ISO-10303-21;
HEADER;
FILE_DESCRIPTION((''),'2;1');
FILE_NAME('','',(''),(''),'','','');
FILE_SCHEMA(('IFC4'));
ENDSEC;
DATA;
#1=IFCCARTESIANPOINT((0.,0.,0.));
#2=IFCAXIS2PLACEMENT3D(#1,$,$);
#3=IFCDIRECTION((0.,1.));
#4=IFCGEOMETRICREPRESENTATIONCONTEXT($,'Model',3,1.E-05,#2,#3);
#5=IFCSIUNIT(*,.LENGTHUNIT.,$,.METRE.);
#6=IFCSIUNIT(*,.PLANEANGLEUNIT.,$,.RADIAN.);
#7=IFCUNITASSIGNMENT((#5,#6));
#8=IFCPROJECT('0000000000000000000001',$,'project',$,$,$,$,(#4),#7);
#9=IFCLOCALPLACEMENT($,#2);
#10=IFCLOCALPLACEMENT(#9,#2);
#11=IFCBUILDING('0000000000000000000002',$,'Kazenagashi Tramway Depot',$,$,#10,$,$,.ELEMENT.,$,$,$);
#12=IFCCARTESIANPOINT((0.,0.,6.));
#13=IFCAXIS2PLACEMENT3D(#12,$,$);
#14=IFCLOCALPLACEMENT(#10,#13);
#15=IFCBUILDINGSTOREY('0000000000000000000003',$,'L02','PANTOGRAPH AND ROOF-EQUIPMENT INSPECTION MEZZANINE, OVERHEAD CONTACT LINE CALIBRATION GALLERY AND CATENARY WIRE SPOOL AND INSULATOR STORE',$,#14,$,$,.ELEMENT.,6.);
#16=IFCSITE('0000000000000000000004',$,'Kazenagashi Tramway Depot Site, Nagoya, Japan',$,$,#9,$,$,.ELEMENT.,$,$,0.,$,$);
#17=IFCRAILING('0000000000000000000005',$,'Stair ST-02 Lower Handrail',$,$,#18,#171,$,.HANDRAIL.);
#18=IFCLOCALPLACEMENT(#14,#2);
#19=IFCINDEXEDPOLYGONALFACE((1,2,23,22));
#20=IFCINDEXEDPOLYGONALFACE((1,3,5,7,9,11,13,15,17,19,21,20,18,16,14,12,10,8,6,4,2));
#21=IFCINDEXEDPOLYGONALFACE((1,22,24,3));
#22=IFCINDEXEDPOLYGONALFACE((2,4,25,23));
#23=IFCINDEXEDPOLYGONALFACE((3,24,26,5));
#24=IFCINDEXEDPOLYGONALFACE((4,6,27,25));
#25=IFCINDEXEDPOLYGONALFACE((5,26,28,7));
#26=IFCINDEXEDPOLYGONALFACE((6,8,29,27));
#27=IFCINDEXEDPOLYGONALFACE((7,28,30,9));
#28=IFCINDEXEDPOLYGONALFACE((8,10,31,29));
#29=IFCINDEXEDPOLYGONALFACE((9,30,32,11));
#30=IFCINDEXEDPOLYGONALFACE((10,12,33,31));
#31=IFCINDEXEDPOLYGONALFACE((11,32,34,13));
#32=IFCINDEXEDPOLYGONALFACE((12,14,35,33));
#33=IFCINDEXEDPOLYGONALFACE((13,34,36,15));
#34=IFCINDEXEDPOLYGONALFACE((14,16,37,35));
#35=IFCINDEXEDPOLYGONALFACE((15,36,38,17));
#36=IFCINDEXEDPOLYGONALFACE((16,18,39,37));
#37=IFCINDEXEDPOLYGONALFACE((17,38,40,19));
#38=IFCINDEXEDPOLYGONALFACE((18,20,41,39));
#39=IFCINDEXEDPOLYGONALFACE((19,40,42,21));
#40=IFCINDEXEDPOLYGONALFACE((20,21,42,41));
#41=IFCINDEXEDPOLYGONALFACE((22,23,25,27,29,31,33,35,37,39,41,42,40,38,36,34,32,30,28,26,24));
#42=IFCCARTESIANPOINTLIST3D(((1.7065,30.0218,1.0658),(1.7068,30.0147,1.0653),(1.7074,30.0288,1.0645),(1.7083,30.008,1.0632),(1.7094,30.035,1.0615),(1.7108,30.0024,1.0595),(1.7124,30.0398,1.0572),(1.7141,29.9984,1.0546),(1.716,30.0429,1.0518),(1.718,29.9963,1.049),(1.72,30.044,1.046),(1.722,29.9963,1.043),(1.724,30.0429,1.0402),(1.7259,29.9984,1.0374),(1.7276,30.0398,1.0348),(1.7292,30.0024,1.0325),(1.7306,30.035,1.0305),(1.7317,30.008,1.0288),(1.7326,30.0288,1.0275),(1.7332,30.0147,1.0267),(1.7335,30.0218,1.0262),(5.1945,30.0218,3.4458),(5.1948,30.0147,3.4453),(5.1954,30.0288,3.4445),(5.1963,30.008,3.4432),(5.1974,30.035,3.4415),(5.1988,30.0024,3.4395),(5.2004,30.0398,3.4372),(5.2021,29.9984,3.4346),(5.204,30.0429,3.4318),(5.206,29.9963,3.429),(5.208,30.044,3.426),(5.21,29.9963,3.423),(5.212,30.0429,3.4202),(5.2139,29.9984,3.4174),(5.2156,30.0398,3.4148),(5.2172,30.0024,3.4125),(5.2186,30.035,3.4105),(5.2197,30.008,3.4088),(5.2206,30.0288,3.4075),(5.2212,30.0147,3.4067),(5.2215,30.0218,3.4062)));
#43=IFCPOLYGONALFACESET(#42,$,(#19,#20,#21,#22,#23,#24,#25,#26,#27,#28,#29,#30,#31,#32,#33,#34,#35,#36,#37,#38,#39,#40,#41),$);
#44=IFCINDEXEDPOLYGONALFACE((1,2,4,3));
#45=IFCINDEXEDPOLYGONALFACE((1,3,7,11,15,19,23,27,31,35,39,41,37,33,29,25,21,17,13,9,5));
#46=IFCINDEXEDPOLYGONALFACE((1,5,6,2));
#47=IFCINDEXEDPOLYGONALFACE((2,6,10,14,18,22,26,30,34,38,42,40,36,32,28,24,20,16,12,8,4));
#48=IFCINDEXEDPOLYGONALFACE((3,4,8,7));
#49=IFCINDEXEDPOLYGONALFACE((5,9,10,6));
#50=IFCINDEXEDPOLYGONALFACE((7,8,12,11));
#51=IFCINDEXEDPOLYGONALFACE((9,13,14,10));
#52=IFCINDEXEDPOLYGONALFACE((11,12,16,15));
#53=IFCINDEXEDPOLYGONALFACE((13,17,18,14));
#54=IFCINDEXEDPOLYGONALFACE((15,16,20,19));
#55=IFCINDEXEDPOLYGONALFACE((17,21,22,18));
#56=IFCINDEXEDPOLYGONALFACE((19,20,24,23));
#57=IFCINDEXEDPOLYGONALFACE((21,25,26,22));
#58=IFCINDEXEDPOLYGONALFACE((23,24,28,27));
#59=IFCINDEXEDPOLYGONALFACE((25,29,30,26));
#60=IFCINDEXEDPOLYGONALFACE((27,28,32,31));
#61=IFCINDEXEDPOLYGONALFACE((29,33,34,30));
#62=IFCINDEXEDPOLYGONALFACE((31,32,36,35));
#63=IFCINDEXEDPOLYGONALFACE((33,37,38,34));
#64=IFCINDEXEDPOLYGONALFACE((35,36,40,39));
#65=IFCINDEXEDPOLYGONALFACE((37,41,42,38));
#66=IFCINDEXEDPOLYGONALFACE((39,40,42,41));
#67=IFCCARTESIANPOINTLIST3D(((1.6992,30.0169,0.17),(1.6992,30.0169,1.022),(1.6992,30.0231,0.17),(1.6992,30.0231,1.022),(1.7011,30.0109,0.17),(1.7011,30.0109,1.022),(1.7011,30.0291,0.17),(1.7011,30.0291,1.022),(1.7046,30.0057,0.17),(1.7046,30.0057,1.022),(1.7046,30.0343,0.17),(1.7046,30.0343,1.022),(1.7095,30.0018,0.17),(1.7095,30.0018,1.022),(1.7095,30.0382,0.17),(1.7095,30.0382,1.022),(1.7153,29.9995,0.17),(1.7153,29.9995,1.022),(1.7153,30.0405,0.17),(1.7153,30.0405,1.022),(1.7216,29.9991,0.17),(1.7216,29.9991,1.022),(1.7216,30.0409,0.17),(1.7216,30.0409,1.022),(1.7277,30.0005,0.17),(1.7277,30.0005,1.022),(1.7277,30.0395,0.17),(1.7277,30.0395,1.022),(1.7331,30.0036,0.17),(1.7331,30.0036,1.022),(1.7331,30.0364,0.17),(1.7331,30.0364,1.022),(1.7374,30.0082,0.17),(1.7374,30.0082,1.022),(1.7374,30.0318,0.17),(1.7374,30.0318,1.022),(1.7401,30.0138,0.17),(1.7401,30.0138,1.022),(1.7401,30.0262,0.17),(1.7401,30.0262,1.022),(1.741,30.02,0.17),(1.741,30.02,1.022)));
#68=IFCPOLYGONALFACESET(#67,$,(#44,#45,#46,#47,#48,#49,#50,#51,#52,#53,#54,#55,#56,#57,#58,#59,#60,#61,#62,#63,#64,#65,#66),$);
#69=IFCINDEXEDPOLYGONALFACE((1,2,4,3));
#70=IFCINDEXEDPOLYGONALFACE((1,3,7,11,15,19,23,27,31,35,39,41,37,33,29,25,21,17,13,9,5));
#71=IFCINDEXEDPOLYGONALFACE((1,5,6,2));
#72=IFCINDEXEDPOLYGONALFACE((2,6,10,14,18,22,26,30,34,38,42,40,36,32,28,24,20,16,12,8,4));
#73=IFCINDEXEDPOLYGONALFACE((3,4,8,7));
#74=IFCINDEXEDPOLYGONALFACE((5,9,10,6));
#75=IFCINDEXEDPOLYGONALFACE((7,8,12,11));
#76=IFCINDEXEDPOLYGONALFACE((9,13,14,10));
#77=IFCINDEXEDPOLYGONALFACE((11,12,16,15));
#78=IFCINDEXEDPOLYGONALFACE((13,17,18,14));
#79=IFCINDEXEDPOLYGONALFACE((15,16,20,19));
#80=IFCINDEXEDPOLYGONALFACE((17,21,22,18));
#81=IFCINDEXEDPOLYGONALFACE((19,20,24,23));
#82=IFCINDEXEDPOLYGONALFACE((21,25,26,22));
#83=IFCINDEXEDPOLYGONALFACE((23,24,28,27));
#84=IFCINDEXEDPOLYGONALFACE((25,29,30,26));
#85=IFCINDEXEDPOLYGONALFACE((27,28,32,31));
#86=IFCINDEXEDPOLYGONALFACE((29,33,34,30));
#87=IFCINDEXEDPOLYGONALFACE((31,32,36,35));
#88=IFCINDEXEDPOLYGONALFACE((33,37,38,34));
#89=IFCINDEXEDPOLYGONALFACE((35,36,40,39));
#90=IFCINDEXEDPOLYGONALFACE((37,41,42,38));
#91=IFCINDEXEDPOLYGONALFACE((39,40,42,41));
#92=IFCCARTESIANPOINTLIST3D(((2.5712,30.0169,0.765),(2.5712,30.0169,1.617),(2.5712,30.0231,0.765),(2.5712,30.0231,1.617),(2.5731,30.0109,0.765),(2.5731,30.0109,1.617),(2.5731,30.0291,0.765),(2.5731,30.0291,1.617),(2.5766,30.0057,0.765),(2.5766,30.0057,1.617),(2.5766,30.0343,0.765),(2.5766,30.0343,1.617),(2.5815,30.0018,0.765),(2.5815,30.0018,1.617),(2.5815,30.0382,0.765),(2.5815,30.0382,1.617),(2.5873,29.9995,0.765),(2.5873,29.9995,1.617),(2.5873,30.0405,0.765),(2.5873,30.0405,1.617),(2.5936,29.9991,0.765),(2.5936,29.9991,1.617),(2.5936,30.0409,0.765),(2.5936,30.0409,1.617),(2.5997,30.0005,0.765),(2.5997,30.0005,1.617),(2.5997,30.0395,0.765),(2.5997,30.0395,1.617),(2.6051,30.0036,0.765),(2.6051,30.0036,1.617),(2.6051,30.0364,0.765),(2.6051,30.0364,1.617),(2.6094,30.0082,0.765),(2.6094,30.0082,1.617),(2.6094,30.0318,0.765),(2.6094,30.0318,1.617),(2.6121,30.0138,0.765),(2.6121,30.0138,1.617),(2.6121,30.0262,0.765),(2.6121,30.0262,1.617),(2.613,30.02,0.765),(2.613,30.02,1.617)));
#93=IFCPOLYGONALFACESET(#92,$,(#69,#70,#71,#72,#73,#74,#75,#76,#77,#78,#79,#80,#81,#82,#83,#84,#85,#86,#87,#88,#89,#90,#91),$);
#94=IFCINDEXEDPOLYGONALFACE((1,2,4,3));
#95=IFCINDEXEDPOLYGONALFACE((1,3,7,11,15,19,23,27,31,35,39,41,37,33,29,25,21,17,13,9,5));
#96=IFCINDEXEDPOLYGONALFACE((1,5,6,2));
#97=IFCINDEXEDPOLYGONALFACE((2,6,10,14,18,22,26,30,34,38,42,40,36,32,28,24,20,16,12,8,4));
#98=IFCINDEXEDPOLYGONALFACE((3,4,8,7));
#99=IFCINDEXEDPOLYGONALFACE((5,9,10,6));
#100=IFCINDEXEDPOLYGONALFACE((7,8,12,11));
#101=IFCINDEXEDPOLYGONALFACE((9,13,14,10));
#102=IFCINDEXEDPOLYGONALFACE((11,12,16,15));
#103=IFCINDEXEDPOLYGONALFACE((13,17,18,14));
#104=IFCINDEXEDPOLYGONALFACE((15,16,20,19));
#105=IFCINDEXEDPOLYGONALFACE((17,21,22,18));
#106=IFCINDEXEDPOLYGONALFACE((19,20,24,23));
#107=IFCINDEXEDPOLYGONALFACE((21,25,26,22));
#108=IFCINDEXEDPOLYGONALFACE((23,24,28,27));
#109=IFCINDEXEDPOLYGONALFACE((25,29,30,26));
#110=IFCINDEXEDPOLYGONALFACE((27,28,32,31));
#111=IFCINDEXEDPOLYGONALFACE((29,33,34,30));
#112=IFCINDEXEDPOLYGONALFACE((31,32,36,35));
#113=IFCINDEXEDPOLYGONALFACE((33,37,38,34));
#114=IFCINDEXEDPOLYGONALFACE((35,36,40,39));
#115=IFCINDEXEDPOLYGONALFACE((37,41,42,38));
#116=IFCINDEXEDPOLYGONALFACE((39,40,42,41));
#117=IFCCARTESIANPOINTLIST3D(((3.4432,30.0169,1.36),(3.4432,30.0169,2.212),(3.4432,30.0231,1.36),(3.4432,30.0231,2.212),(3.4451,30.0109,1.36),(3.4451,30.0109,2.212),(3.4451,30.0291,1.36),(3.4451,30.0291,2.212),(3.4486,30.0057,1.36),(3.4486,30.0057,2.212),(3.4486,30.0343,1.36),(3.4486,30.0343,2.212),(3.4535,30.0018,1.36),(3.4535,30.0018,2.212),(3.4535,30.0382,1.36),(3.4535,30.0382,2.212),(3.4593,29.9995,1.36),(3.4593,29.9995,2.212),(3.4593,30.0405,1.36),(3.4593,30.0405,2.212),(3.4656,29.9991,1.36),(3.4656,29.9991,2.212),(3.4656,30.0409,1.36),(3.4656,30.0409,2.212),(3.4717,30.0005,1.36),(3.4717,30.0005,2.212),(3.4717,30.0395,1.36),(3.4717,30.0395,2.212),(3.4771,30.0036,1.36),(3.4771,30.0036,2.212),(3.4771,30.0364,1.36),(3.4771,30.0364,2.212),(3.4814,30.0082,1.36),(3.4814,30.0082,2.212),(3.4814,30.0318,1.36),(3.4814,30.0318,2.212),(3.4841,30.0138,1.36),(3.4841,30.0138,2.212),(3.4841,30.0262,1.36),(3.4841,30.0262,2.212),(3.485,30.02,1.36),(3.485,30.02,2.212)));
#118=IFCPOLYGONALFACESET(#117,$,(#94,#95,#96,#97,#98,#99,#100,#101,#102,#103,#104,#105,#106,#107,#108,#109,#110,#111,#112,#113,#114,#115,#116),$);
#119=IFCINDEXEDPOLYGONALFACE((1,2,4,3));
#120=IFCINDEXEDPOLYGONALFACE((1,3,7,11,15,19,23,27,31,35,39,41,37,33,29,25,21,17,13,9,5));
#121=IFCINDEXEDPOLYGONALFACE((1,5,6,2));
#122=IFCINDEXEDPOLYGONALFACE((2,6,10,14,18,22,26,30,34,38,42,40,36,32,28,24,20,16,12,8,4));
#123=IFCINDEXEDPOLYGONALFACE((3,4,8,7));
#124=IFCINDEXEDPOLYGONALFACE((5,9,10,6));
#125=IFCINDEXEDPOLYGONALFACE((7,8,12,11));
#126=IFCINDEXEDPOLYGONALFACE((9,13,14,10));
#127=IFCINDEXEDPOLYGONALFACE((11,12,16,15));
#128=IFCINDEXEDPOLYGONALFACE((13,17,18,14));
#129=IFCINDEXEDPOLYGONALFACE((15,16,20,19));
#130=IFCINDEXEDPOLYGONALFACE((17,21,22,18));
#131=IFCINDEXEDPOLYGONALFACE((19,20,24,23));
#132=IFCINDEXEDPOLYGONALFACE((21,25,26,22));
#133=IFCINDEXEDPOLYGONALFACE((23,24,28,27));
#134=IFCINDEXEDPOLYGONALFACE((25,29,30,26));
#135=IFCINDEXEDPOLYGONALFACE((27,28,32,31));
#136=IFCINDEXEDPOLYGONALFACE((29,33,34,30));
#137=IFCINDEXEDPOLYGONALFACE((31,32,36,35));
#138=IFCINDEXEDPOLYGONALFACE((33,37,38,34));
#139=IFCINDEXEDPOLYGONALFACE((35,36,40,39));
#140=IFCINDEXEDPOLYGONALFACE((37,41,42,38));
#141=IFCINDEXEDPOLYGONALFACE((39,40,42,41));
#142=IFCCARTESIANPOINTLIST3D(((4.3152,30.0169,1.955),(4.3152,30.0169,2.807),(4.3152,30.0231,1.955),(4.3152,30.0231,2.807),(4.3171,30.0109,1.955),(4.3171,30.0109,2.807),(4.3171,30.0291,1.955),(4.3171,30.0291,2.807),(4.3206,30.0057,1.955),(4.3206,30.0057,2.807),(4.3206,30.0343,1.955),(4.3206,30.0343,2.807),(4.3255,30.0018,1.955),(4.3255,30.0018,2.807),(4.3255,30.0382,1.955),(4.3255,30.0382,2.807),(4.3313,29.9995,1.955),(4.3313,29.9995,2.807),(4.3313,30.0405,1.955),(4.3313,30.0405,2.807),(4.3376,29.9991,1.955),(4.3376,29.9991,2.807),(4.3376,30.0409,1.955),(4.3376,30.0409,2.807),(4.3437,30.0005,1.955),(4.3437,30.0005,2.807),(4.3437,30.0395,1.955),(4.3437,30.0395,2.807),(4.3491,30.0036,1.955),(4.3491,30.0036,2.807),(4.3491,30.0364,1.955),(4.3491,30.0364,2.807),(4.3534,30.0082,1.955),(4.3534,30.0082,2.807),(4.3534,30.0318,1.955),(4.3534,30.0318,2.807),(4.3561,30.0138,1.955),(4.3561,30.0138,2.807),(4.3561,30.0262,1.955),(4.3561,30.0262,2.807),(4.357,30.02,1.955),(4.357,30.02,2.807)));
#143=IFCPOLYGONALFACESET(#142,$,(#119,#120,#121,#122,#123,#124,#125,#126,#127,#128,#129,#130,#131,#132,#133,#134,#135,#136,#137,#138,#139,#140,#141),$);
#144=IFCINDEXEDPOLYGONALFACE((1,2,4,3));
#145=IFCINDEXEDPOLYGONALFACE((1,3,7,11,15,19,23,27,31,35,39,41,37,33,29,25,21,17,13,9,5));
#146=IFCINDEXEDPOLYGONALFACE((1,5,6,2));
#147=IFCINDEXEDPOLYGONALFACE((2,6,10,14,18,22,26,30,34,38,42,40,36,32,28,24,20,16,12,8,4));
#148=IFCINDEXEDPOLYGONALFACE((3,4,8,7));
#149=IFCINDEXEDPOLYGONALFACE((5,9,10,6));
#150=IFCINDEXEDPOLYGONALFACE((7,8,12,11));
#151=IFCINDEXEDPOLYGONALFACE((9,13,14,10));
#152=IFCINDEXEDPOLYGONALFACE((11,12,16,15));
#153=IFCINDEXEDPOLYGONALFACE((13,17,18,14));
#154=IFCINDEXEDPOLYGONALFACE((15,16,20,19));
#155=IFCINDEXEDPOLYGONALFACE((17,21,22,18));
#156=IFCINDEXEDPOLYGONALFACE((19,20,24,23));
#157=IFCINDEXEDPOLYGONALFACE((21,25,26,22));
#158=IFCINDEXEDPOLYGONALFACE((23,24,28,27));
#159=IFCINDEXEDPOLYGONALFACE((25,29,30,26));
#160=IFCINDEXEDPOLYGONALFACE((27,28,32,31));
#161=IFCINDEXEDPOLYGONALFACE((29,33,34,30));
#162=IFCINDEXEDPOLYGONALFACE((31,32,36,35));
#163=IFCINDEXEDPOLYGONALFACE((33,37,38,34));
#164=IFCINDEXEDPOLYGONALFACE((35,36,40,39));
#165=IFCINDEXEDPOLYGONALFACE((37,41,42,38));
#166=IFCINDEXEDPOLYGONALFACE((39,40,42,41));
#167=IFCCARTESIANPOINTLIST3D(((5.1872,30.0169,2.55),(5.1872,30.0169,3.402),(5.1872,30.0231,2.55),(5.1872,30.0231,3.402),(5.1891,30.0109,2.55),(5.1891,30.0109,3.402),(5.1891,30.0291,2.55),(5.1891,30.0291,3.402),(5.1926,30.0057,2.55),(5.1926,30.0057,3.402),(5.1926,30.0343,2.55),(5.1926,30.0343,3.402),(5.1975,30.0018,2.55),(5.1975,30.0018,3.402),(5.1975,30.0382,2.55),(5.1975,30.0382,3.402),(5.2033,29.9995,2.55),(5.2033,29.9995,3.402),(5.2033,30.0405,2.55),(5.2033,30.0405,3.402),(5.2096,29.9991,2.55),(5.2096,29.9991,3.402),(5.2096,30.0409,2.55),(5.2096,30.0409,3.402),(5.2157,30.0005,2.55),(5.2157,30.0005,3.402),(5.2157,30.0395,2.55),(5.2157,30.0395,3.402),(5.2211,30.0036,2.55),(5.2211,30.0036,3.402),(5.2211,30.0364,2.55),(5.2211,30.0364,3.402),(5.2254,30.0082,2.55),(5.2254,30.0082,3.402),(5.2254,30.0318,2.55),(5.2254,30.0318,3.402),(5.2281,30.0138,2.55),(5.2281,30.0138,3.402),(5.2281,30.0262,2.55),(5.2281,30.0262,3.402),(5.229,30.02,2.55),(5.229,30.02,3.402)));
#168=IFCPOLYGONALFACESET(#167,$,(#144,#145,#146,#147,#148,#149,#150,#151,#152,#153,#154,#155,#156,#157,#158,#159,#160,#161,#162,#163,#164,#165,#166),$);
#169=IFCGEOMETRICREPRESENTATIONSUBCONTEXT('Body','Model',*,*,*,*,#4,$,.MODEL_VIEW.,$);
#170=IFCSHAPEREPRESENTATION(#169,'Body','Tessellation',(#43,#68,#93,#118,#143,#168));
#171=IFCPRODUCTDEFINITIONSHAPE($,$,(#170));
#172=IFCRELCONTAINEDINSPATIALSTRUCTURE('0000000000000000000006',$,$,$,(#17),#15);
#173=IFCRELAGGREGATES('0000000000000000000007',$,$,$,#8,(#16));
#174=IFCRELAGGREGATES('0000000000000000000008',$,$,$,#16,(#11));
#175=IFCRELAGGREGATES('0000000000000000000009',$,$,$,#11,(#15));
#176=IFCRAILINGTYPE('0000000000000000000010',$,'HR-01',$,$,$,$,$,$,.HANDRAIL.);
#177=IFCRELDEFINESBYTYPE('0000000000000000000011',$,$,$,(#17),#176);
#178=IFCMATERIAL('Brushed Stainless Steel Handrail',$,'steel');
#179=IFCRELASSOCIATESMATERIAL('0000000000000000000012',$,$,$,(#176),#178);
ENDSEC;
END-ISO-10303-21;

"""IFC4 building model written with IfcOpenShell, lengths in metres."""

from ifc_helpers import new_model, si_unit, direction, frame, origin, origin_2d, place, context, subcontext, project, spatial, circle, extrude, material, type_object, element, save


model = new_model("IFC4")

# Units and contexts
model_context = context("Model", 3, precision=1e-05, world=origin(), true_north=direction((0.0, 1.0)))
body_context = subcontext(model_context, "Body", "Model", "MODEL_VIEW")
ifc_project = project(units=[si_unit("LENGTHUNIT", "METRE"), si_unit("PLANEANGLEUNIT", "RADIAN")], contexts=[model_context])

# Site, building, storey
site_placement = place(None, origin())
site = spatial("IfcSite", under=ifc_project, at=site_placement, Name="Kazenagashi Tramway Depot Site, Nagoya, Japan", CompositionType="ELEMENT", RefElevation=0.0)
building_placement = place(site_placement, origin())
building = spatial("IfcBuilding", under=site, at=building_placement, Name="Kazenagashi Tramway Depot", CompositionType="ELEMENT")
storey_placement = place(building_placement, frame((0.0, 0.0, 6.0)))
storey = spatial("IfcBuildingStorey", under=building, at=storey_placement, Name="L02", Description="PANTOGRAPH AND ROOF-EQUIPMENT INSPECTION MEZZANINE, OVERHEAD CONTACT LINE CALIBRATION GALLERY AND CATENARY WIRE SPOOL AND INSULATOR STORE", CompositionType="ELEMENT", Elevation=6.0)

# Railing
ifc_material_1 = material(Name="Brushed Stainless Steel Handrail", Category="steel")
railing_type = type_object("IfcRailingType", Name="HR-01", PredefinedType="HANDRAIL", material=ifc_material_1)
railing_1_placement = place(storey_placement, frame((1.72, 30.02, 0.17)))
element("IfcRailing", 1, at=railing_1_placement, inside=storey, type_object=railing_type, Name="Stair ST-02 Lower Handrail", PredefinedType="HANDRAIL", context=body_context, shape_type="SweptSolid", body=[
    extrude(circle(Radius=0.024, at=origin_2d()), frame((0.0, 0.0, 0.876), z_axis=(0.826027, 0.0, 0.563631), x_axis=(0.0, 1.0, 0.0)), (0.0, 0.0, 1.0), 4.2226),
    extrude(circle(Radius=0.021, at=origin_2d()), origin(), (0.0, 0.0, 1.0), 0.852),
    extrude(circle(Radius=0.021, at=origin_2d()), frame((0.872, 0.0, 0.595)), (0.0, 0.0, 1.0), 0.852),
    extrude(circle(Radius=0.021, at=origin_2d()), frame((1.744, 0.0, 1.19)), (0.0, 0.0, 1.0), 0.852),
    extrude(circle(Radius=0.021, at=origin_2d()), frame((2.616, 0.0, 1.785)), (0.0, 0.0, 1.0), 0.852),
    extrude(circle(Radius=0.021, at=origin_2d()), frame((3.488, 0.0, 2.38)), (0.0, 0.0, 1.0), 0.852),
])

save(model, "model.ifc")
